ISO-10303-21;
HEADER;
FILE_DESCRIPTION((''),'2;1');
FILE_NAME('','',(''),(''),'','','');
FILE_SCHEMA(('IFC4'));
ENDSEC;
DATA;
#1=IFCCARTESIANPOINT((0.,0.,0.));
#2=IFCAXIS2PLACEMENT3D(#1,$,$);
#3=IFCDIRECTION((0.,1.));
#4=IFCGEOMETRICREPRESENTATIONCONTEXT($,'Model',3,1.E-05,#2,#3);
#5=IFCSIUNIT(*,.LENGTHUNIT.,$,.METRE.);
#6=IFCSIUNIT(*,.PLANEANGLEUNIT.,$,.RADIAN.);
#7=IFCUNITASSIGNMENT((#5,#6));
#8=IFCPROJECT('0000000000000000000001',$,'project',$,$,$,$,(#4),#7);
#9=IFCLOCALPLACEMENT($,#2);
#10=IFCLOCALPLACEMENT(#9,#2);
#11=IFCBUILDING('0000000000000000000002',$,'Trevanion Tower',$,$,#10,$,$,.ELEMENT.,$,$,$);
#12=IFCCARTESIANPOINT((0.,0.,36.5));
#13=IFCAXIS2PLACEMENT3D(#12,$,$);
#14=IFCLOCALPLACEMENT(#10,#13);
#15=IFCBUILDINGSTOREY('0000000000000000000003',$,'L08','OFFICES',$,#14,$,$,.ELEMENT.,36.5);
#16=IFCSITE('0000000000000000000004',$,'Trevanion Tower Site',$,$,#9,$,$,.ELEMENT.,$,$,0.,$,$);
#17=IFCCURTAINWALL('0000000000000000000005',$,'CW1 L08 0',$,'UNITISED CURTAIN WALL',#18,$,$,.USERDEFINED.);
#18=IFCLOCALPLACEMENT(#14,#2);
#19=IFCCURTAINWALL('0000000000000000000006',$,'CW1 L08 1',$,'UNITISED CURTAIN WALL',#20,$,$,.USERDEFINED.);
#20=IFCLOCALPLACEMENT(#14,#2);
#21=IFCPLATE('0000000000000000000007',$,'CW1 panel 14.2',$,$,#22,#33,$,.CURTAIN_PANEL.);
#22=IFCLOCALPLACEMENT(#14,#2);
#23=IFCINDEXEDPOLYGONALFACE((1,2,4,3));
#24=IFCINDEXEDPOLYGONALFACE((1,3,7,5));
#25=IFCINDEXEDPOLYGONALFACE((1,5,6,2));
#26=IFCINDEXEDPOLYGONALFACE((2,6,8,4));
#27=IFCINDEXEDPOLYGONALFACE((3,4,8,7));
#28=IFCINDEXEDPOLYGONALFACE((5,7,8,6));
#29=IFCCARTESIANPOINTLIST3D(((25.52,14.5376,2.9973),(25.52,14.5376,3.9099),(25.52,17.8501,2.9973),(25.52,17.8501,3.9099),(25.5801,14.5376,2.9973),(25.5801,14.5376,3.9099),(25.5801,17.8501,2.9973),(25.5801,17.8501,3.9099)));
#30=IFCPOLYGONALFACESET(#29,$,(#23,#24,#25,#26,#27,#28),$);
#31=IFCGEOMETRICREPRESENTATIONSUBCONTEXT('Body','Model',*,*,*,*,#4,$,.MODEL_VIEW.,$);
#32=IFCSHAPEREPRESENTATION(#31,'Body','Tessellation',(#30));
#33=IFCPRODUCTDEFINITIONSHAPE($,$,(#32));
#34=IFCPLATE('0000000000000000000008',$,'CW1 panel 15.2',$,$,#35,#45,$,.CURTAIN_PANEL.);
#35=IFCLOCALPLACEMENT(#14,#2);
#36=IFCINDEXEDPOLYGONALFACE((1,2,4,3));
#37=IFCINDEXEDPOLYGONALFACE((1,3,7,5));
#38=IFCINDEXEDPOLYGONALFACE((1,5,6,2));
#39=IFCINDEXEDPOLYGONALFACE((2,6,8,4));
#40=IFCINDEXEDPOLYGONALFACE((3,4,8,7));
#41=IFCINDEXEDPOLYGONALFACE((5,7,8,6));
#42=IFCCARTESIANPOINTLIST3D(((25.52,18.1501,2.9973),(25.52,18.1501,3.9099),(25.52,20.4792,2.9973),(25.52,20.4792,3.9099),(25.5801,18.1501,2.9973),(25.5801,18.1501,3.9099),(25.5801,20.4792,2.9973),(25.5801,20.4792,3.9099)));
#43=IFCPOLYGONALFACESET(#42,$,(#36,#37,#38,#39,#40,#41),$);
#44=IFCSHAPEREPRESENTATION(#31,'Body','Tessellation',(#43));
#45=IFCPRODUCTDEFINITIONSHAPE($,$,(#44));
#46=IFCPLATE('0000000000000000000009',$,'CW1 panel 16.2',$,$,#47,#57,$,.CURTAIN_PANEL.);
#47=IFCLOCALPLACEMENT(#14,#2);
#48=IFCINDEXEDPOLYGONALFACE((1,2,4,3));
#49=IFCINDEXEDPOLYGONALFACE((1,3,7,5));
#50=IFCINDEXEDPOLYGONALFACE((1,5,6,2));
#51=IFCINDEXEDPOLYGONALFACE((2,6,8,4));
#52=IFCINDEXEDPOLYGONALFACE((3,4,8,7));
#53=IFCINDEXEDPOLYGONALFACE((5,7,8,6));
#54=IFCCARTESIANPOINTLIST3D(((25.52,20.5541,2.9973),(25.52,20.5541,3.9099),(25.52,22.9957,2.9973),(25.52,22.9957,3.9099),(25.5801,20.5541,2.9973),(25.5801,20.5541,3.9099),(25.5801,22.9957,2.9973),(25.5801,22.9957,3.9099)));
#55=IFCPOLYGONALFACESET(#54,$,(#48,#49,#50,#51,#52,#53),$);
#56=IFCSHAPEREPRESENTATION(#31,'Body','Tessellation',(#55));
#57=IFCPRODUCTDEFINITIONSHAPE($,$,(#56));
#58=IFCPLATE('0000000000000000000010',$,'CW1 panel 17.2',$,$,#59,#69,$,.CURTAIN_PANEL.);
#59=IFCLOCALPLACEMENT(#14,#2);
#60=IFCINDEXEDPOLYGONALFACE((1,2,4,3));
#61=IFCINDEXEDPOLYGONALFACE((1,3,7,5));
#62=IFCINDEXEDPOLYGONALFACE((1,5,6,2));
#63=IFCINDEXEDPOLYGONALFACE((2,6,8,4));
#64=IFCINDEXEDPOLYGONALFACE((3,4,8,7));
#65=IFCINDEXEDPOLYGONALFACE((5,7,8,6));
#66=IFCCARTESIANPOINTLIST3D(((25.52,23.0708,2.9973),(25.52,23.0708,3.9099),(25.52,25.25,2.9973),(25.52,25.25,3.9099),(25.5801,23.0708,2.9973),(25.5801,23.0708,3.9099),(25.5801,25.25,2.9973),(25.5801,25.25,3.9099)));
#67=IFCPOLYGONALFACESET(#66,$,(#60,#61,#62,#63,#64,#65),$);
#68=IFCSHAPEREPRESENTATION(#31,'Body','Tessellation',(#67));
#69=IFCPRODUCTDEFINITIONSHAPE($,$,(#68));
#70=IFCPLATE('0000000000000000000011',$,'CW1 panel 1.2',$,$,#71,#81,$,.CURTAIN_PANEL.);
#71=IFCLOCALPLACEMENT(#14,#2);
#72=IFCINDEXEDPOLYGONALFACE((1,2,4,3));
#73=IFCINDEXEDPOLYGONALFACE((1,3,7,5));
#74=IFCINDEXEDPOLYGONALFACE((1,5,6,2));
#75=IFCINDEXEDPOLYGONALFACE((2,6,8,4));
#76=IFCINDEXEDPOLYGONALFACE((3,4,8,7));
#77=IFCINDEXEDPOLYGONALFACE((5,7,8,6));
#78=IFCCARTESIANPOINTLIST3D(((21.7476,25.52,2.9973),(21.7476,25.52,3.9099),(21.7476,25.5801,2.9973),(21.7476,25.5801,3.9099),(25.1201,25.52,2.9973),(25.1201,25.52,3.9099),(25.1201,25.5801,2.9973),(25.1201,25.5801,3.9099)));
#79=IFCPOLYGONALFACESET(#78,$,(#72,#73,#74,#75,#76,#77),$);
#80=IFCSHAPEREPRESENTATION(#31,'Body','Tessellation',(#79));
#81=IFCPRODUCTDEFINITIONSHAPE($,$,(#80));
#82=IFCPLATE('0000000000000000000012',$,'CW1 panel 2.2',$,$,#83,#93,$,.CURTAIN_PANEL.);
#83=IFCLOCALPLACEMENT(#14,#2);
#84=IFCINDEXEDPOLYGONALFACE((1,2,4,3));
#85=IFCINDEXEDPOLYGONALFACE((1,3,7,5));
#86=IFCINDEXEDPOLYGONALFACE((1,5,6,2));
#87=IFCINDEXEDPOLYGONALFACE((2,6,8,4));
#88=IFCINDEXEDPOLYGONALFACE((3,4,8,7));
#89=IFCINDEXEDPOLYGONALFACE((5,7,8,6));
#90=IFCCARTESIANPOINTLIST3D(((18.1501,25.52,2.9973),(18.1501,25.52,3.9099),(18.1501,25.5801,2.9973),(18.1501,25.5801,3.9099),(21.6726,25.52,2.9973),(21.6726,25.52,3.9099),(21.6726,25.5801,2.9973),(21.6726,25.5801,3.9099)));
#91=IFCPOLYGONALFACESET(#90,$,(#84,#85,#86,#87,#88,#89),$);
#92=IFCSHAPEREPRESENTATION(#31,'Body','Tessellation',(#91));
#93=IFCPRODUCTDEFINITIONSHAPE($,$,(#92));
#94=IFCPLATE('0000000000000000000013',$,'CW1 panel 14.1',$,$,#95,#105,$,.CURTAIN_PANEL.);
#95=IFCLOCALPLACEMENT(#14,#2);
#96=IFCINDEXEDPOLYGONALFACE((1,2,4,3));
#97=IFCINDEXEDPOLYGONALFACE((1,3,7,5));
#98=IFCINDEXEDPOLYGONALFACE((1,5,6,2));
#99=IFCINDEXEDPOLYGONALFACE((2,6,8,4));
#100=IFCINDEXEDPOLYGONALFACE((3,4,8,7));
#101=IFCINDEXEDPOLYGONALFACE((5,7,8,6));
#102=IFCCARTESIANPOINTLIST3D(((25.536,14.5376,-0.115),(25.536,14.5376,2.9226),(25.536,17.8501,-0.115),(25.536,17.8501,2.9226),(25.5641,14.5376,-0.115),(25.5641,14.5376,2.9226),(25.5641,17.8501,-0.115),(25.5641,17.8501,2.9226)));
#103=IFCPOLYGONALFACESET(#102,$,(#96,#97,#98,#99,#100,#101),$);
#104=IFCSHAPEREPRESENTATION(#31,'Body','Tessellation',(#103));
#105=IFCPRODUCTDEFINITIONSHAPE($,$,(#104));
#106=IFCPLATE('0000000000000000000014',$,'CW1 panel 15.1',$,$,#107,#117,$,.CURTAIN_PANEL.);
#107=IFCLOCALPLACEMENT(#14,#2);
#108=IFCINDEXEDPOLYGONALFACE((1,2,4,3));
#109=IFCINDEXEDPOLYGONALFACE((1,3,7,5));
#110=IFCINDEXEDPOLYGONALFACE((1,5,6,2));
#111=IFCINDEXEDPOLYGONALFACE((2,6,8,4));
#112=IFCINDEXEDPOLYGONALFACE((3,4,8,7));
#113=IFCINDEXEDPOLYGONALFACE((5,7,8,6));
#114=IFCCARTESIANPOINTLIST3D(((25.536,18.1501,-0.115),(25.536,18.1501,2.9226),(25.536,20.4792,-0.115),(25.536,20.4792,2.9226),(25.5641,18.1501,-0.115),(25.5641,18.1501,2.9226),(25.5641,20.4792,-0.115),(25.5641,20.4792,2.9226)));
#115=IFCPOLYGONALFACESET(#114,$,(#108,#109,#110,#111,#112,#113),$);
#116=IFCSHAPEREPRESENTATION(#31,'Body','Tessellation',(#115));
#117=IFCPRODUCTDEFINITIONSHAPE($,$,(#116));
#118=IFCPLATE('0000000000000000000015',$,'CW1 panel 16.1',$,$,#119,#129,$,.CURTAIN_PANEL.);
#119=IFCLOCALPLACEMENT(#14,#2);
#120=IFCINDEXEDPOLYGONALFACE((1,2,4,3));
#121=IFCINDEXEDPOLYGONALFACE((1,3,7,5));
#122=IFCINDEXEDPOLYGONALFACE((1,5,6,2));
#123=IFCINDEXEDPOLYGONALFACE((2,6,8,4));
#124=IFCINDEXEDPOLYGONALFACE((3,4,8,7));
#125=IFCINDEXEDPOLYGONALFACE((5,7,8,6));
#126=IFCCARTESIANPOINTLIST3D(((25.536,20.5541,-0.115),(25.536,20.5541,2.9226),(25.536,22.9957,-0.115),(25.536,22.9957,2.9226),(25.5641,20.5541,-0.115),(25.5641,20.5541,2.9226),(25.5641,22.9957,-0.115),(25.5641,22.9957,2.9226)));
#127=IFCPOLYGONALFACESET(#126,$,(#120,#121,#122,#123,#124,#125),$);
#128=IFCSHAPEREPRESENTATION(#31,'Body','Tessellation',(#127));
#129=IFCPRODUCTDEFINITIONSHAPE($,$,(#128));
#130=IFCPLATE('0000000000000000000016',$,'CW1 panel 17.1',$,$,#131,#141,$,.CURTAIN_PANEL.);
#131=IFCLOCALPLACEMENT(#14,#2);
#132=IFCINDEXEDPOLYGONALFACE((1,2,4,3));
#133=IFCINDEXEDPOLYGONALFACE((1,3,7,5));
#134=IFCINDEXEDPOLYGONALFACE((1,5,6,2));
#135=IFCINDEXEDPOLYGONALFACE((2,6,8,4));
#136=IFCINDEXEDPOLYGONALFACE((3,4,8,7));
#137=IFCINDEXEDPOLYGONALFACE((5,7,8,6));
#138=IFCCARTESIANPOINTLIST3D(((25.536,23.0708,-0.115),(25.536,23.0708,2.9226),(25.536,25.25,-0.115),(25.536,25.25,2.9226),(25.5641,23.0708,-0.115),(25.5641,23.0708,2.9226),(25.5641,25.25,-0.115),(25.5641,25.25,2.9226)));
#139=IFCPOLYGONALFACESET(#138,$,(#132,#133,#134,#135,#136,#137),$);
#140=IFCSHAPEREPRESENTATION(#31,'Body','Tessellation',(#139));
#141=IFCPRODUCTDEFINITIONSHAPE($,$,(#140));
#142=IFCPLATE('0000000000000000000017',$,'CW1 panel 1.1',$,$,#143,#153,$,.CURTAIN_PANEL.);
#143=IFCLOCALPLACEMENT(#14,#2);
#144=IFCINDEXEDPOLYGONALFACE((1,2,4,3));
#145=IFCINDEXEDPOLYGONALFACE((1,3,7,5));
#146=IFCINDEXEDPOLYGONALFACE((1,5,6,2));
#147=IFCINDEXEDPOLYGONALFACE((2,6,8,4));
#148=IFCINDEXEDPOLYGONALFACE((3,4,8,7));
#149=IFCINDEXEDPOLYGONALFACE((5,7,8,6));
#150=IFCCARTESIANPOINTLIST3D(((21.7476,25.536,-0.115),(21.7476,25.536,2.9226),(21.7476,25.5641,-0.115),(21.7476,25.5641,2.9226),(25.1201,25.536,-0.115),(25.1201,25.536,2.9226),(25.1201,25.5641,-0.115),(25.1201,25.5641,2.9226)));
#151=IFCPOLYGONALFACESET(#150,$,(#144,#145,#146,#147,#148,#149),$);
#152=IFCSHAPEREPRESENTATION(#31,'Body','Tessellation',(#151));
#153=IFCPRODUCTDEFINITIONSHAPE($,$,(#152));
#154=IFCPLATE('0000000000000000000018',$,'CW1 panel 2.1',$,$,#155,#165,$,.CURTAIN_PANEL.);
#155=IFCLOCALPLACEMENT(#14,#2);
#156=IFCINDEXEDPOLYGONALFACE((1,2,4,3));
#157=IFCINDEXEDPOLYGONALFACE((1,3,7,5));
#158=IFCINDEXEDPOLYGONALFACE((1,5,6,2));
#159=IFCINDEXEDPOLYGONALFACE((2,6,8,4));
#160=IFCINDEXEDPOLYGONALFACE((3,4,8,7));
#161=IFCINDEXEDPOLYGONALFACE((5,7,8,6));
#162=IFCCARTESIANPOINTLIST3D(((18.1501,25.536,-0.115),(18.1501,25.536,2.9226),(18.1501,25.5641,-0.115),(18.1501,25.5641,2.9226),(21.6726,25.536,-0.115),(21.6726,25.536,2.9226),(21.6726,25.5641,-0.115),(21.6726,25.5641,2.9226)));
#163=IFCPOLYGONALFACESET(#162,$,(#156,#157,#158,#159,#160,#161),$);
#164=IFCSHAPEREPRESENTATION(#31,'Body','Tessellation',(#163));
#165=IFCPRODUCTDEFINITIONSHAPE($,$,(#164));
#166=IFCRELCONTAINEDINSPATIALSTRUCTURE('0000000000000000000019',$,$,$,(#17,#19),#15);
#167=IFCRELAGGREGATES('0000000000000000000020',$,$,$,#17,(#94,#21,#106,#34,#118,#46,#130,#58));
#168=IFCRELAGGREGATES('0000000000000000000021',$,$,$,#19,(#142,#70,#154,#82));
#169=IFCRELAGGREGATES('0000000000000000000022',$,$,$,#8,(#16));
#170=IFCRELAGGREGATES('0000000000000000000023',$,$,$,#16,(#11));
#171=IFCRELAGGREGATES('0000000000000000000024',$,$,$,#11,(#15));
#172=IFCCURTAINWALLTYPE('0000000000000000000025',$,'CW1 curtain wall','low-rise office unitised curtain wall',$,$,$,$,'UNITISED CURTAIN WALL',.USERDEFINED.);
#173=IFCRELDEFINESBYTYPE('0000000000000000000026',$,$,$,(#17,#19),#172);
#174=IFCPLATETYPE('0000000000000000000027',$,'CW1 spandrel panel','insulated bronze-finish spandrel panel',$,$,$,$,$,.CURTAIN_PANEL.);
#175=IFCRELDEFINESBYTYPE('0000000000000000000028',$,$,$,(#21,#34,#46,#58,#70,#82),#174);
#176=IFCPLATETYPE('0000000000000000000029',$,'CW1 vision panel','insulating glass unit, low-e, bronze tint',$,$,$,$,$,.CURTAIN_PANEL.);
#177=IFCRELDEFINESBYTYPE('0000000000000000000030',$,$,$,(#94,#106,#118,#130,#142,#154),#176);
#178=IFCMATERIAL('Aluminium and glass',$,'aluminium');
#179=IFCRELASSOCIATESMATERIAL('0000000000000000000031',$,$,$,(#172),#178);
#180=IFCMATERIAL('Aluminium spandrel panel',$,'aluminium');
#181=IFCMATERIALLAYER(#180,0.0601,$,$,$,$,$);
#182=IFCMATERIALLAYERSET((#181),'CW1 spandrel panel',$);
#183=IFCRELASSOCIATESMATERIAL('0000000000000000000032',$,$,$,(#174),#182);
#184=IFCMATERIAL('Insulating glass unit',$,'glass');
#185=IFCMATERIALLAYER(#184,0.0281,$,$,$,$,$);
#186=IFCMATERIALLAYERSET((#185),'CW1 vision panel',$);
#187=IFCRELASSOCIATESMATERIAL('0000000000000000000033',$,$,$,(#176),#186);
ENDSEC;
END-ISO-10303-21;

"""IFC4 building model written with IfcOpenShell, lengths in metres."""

from ifc_helpers import new_model, si_unit, direction, frame, origin, origin_2d, place, context, subcontext, project, spatial, rectangle, extrude, material, layer, layer_set, type_object, element, aggregate, save


model = new_model("IFC4")

# Units and contexts
model_context = context("Model", 3, precision=1e-05, world=origin(), true_north=direction((0.0, 1.0)))
body_context = subcontext(model_context, "Body", "Model", "MODEL_VIEW")
ifc_project = project(units=[si_unit("LENGTHUNIT", "METRE"), si_unit("PLANEANGLEUNIT", "RADIAN")], contexts=[model_context])

# Site, building, storey
site_placement = place(None, origin())
site = spatial("IfcSite", under=ifc_project, at=site_placement, Name="Trevanion Tower Site", CompositionType="ELEMENT", RefElevation=0.0)
building_placement = place(site_placement, origin())
building = spatial("IfcBuilding", under=site, at=building_placement, Name="Trevanion Tower", CompositionType="ELEMENT")
storey_placement = place(building_placement, frame((0.0, 0.0, 36.5)))
storey = spatial("IfcBuildingStorey", under=building, at=storey_placement, Name="L08", Description="OFFICES", CompositionType="ELEMENT", Elevation=36.5)

# Curtain wall
ifc_material_1 = material(Name="Aluminium and glass", Category="aluminium")
curtain_wall_type = type_object("IfcCurtainWallType", Name="CW1 curtain wall", Description="low-rise office unitised curtain wall", ElementType="UNITISED CURTAIN WALL", PredefinedType="USERDEFINED", material=ifc_material_1)
curtain_wall_1_placement = place(storey_placement, origin())
curtain_wall_1 = element("IfcCurtainWall", 1, at=curtain_wall_1_placement, inside=storey, type_object=curtain_wall_type, Name="CW1 L08 0", ObjectType="UNITISED CURTAIN WALL", PredefinedType="USERDEFINED")

# Curtain wall
curtain_wall_2_placement = place(storey_placement, origin())
curtain_wall_2 = element("IfcCurtainWall", 2, at=curtain_wall_2_placement, inside=storey, type_object=curtain_wall_type, Name="CW1 L08 1", ObjectType="UNITISED CURTAIN WALL", PredefinedType="USERDEFINED")

# Plates
ifc_material_2 = material(Name="Aluminium spandrel panel", Category="aluminium")
ifc_layer_1 = layer(ifc_material_2, 0.0601)
ifc_layer_set_1 = layer_set([ifc_layer_1], Name="CW1 spandrel panel")
plate_type_1 = type_object("IfcPlateType", Name="CW1 spandrel panel", Description="insulated bronze-finish spandrel panel", PredefinedType="CURTAIN_PANEL", material=ifc_layer_set_1)
plate_1_placement = place(storey_placement, frame((25.55, 16.1938, 2.9973), z_axis=(0.0, 0.0, 1.0), x_axis=(0.0, 1.0, 0.0)))
plate_1 = element("IfcPlate", 3, at=plate_1_placement, type_object=plate_type_1, Name="CW1 panel 14.2", PredefinedType="CURTAIN_PANEL", context=body_context, shape_type="SweptSolid", body=[
    extrude(rectangle(XDim=3.3125, YDim=0.0601, at=origin_2d()), origin(), (0.0, 0.0, 1.0), 0.9126),
])
plate_2_placement = place(storey_placement, frame((25.55, 19.3147, 2.9973), z_axis=(0.0, 0.0, 1.0), x_axis=(0.0, 1.0, 0.0)))
plate_2 = element("IfcPlate", 4, at=plate_2_placement, type_object=plate_type_1, Name="CW1 panel 15.2", PredefinedType="CURTAIN_PANEL", context=body_context, shape_type="SweptSolid", body=[
    extrude(rectangle(XDim=2.3291, YDim=0.0601, at=origin_2d()), origin(), (0.0, 0.0, 1.0), 0.9126),
])
plate_3_placement = place(storey_placement, frame((25.55, 21.7749, 2.9973), z_axis=(0.0, 0.0, 1.0), x_axis=(0.0, 1.0, 0.0)))
plate_3 = element("IfcPlate", 5, at=plate_3_placement, type_object=plate_type_1, Name="CW1 panel 16.2", PredefinedType="CURTAIN_PANEL", context=body_context, shape_type="SweptSolid", body=[
    extrude(rectangle(XDim=2.4417, YDim=0.0601, at=origin_2d()), origin(), (0.0, 0.0, 1.0), 0.9126),
])
plate_4_placement = place(storey_placement, frame((25.55, 24.1604, 2.9973), z_axis=(0.0, 0.0, 1.0), x_axis=(0.0, 1.0, 0.0)))
plate_4 = element("IfcPlate", 6, at=plate_4_placement, type_object=plate_type_1, Name="CW1 panel 17.2", PredefinedType="CURTAIN_PANEL", context=body_context, shape_type="SweptSolid", body=[
    extrude(rectangle(XDim=2.1792, YDim=0.0601, at=origin_2d()), origin(), (0.0, 0.0, 1.0), 0.9126),
])
plate_5_placement = place(storey_placement, frame((23.4338, 25.55, 2.9973), z_axis=(0.0, 0.0, 1.0), x_axis=(-1.0, 0.0, 0.0)))
plate_5 = element("IfcPlate", 7, at=plate_5_placement, type_object=plate_type_1, Name="CW1 panel 1.2", PredefinedType="CURTAIN_PANEL", context=body_context, shape_type="SweptSolid", body=[
    extrude(rectangle(XDim=3.3726, YDim=0.0601, at=origin_2d()), origin(), (0.0, 0.0, 1.0), 0.9126),
])
plate_6_placement = place(storey_placement, frame((19.9114, 25.55, 2.9973), z_axis=(0.0, 0.0, 1.0), x_axis=(-1.0, 0.0, 0.0)))
plate_6 = element("IfcPlate", 8, at=plate_6_placement, type_object=plate_type_1, Name="CW1 panel 2.2", PredefinedType="CURTAIN_PANEL", context=body_context, shape_type="SweptSolid", body=[
    extrude(rectangle(XDim=3.5225, YDim=0.0601, at=origin_2d()), origin(), (0.0, 0.0, 1.0), 0.9126),
])
ifc_material_3 = material(Name="Insulating glass unit", Category="glass")
ifc_layer_2 = layer(ifc_material_3, 0.0281)
ifc_layer_set_2 = layer_set([ifc_layer_2], Name="CW1 vision panel")
plate_type_2 = type_object("IfcPlateType", Name="CW1 vision panel", Description="insulating glass unit, low-e, bronze tint", PredefinedType="CURTAIN_PANEL", material=ifc_layer_set_2)
plate_7_placement = place(storey_placement, frame((25.55, 16.1938, -0.115), z_axis=(0.0, 0.0, 1.0), x_axis=(0.0, 1.0, 0.0)))
plate_7 = element("IfcPlate", 9, at=plate_7_placement, type_object=plate_type_2, Name="CW1 panel 14.1", PredefinedType="CURTAIN_PANEL", context=body_context, shape_type="SweptSolid", body=[
    extrude(rectangle(XDim=3.3125, YDim=0.0281, at=origin_2d()), origin(), (0.0, 0.0, 1.0), 3.0376),
])
plate_8_placement = place(storey_placement, frame((25.55, 19.3147, -0.115), z_axis=(0.0, 0.0, 1.0), x_axis=(0.0, 1.0, 0.0)))
plate_8 = element("IfcPlate", 10, at=plate_8_placement, type_object=plate_type_2, Name="CW1 panel 15.1", PredefinedType="CURTAIN_PANEL", context=body_context, shape_type="SweptSolid", body=[
    extrude(rectangle(XDim=2.3291, YDim=0.0281, at=origin_2d()), origin(), (0.0, 0.0, 1.0), 3.0376),
])
plate_9_placement = place(storey_placement, frame((25.55, 21.7749, -0.115), z_axis=(0.0, 0.0, 1.0), x_axis=(0.0, 1.0, 0.0)))
plate_9 = element("IfcPlate", 11, at=plate_9_placement, type_object=plate_type_2, Name="CW1 panel 16.1", PredefinedType="CURTAIN_PANEL", context=body_context, shape_type="SweptSolid", body=[
    extrude(rectangle(XDim=2.4417, YDim=0.0281, at=origin_2d()), origin(), (0.0, 0.0, 1.0), 3.0376),
])
plate_10_placement = place(storey_placement, frame((25.55, 24.1604, -0.115), z_axis=(0.0, 0.0, 1.0), x_axis=(0.0, 1.0, 0.0)))
plate_10 = element("IfcPlate", 12, at=plate_10_placement, type_object=plate_type_2, Name="CW1 panel 17.1", PredefinedType="CURTAIN_PANEL", context=body_context, shape_type="SweptSolid", body=[
    extrude(rectangle(XDim=2.1792, YDim=0.0281, at=origin_2d()), origin(), (0.0, 0.0, 1.0), 3.0376),
])
aggregate(curtain_wall_1, [plate_7, plate_1, plate_8, plate_2, plate_9, plate_3, plate_10, plate_4])
plate_11_placement = place(storey_placement, frame((23.4338, 25.55, -0.115), z_axis=(0.0, 0.0, 1.0), x_axis=(-1.0, 0.0, 0.0)))
plate_11 = element("IfcPlate", 13, at=plate_11_placement, type_object=plate_type_2, Name="CW1 panel 1.1", PredefinedType="CURTAIN_PANEL", context=body_context, shape_type="SweptSolid", body=[
    extrude(rectangle(XDim=3.3726, YDim=0.0281, at=origin_2d()), origin(), (0.0, 0.0, 1.0), 3.0376),
])
plate_12_placement = place(storey_placement, frame((19.9114, 25.55, -0.115), z_axis=(0.0, 0.0, 1.0), x_axis=(-1.0, 0.0, 0.0)))
plate_12 = element("IfcPlate", 14, at=plate_12_placement, type_object=plate_type_2, Name="CW1 panel 2.1", PredefinedType="CURTAIN_PANEL", context=body_context, shape_type="SweptSolid", body=[
    extrude(rectangle(XDim=3.5225, YDim=0.0281, at=origin_2d()), origin(), (0.0, 0.0, 1.0), 3.0376),
])
aggregate(curtain_wall_2, [plate_11, plate_5, plate_12, plate_6])

save(model, "model.ifc")
